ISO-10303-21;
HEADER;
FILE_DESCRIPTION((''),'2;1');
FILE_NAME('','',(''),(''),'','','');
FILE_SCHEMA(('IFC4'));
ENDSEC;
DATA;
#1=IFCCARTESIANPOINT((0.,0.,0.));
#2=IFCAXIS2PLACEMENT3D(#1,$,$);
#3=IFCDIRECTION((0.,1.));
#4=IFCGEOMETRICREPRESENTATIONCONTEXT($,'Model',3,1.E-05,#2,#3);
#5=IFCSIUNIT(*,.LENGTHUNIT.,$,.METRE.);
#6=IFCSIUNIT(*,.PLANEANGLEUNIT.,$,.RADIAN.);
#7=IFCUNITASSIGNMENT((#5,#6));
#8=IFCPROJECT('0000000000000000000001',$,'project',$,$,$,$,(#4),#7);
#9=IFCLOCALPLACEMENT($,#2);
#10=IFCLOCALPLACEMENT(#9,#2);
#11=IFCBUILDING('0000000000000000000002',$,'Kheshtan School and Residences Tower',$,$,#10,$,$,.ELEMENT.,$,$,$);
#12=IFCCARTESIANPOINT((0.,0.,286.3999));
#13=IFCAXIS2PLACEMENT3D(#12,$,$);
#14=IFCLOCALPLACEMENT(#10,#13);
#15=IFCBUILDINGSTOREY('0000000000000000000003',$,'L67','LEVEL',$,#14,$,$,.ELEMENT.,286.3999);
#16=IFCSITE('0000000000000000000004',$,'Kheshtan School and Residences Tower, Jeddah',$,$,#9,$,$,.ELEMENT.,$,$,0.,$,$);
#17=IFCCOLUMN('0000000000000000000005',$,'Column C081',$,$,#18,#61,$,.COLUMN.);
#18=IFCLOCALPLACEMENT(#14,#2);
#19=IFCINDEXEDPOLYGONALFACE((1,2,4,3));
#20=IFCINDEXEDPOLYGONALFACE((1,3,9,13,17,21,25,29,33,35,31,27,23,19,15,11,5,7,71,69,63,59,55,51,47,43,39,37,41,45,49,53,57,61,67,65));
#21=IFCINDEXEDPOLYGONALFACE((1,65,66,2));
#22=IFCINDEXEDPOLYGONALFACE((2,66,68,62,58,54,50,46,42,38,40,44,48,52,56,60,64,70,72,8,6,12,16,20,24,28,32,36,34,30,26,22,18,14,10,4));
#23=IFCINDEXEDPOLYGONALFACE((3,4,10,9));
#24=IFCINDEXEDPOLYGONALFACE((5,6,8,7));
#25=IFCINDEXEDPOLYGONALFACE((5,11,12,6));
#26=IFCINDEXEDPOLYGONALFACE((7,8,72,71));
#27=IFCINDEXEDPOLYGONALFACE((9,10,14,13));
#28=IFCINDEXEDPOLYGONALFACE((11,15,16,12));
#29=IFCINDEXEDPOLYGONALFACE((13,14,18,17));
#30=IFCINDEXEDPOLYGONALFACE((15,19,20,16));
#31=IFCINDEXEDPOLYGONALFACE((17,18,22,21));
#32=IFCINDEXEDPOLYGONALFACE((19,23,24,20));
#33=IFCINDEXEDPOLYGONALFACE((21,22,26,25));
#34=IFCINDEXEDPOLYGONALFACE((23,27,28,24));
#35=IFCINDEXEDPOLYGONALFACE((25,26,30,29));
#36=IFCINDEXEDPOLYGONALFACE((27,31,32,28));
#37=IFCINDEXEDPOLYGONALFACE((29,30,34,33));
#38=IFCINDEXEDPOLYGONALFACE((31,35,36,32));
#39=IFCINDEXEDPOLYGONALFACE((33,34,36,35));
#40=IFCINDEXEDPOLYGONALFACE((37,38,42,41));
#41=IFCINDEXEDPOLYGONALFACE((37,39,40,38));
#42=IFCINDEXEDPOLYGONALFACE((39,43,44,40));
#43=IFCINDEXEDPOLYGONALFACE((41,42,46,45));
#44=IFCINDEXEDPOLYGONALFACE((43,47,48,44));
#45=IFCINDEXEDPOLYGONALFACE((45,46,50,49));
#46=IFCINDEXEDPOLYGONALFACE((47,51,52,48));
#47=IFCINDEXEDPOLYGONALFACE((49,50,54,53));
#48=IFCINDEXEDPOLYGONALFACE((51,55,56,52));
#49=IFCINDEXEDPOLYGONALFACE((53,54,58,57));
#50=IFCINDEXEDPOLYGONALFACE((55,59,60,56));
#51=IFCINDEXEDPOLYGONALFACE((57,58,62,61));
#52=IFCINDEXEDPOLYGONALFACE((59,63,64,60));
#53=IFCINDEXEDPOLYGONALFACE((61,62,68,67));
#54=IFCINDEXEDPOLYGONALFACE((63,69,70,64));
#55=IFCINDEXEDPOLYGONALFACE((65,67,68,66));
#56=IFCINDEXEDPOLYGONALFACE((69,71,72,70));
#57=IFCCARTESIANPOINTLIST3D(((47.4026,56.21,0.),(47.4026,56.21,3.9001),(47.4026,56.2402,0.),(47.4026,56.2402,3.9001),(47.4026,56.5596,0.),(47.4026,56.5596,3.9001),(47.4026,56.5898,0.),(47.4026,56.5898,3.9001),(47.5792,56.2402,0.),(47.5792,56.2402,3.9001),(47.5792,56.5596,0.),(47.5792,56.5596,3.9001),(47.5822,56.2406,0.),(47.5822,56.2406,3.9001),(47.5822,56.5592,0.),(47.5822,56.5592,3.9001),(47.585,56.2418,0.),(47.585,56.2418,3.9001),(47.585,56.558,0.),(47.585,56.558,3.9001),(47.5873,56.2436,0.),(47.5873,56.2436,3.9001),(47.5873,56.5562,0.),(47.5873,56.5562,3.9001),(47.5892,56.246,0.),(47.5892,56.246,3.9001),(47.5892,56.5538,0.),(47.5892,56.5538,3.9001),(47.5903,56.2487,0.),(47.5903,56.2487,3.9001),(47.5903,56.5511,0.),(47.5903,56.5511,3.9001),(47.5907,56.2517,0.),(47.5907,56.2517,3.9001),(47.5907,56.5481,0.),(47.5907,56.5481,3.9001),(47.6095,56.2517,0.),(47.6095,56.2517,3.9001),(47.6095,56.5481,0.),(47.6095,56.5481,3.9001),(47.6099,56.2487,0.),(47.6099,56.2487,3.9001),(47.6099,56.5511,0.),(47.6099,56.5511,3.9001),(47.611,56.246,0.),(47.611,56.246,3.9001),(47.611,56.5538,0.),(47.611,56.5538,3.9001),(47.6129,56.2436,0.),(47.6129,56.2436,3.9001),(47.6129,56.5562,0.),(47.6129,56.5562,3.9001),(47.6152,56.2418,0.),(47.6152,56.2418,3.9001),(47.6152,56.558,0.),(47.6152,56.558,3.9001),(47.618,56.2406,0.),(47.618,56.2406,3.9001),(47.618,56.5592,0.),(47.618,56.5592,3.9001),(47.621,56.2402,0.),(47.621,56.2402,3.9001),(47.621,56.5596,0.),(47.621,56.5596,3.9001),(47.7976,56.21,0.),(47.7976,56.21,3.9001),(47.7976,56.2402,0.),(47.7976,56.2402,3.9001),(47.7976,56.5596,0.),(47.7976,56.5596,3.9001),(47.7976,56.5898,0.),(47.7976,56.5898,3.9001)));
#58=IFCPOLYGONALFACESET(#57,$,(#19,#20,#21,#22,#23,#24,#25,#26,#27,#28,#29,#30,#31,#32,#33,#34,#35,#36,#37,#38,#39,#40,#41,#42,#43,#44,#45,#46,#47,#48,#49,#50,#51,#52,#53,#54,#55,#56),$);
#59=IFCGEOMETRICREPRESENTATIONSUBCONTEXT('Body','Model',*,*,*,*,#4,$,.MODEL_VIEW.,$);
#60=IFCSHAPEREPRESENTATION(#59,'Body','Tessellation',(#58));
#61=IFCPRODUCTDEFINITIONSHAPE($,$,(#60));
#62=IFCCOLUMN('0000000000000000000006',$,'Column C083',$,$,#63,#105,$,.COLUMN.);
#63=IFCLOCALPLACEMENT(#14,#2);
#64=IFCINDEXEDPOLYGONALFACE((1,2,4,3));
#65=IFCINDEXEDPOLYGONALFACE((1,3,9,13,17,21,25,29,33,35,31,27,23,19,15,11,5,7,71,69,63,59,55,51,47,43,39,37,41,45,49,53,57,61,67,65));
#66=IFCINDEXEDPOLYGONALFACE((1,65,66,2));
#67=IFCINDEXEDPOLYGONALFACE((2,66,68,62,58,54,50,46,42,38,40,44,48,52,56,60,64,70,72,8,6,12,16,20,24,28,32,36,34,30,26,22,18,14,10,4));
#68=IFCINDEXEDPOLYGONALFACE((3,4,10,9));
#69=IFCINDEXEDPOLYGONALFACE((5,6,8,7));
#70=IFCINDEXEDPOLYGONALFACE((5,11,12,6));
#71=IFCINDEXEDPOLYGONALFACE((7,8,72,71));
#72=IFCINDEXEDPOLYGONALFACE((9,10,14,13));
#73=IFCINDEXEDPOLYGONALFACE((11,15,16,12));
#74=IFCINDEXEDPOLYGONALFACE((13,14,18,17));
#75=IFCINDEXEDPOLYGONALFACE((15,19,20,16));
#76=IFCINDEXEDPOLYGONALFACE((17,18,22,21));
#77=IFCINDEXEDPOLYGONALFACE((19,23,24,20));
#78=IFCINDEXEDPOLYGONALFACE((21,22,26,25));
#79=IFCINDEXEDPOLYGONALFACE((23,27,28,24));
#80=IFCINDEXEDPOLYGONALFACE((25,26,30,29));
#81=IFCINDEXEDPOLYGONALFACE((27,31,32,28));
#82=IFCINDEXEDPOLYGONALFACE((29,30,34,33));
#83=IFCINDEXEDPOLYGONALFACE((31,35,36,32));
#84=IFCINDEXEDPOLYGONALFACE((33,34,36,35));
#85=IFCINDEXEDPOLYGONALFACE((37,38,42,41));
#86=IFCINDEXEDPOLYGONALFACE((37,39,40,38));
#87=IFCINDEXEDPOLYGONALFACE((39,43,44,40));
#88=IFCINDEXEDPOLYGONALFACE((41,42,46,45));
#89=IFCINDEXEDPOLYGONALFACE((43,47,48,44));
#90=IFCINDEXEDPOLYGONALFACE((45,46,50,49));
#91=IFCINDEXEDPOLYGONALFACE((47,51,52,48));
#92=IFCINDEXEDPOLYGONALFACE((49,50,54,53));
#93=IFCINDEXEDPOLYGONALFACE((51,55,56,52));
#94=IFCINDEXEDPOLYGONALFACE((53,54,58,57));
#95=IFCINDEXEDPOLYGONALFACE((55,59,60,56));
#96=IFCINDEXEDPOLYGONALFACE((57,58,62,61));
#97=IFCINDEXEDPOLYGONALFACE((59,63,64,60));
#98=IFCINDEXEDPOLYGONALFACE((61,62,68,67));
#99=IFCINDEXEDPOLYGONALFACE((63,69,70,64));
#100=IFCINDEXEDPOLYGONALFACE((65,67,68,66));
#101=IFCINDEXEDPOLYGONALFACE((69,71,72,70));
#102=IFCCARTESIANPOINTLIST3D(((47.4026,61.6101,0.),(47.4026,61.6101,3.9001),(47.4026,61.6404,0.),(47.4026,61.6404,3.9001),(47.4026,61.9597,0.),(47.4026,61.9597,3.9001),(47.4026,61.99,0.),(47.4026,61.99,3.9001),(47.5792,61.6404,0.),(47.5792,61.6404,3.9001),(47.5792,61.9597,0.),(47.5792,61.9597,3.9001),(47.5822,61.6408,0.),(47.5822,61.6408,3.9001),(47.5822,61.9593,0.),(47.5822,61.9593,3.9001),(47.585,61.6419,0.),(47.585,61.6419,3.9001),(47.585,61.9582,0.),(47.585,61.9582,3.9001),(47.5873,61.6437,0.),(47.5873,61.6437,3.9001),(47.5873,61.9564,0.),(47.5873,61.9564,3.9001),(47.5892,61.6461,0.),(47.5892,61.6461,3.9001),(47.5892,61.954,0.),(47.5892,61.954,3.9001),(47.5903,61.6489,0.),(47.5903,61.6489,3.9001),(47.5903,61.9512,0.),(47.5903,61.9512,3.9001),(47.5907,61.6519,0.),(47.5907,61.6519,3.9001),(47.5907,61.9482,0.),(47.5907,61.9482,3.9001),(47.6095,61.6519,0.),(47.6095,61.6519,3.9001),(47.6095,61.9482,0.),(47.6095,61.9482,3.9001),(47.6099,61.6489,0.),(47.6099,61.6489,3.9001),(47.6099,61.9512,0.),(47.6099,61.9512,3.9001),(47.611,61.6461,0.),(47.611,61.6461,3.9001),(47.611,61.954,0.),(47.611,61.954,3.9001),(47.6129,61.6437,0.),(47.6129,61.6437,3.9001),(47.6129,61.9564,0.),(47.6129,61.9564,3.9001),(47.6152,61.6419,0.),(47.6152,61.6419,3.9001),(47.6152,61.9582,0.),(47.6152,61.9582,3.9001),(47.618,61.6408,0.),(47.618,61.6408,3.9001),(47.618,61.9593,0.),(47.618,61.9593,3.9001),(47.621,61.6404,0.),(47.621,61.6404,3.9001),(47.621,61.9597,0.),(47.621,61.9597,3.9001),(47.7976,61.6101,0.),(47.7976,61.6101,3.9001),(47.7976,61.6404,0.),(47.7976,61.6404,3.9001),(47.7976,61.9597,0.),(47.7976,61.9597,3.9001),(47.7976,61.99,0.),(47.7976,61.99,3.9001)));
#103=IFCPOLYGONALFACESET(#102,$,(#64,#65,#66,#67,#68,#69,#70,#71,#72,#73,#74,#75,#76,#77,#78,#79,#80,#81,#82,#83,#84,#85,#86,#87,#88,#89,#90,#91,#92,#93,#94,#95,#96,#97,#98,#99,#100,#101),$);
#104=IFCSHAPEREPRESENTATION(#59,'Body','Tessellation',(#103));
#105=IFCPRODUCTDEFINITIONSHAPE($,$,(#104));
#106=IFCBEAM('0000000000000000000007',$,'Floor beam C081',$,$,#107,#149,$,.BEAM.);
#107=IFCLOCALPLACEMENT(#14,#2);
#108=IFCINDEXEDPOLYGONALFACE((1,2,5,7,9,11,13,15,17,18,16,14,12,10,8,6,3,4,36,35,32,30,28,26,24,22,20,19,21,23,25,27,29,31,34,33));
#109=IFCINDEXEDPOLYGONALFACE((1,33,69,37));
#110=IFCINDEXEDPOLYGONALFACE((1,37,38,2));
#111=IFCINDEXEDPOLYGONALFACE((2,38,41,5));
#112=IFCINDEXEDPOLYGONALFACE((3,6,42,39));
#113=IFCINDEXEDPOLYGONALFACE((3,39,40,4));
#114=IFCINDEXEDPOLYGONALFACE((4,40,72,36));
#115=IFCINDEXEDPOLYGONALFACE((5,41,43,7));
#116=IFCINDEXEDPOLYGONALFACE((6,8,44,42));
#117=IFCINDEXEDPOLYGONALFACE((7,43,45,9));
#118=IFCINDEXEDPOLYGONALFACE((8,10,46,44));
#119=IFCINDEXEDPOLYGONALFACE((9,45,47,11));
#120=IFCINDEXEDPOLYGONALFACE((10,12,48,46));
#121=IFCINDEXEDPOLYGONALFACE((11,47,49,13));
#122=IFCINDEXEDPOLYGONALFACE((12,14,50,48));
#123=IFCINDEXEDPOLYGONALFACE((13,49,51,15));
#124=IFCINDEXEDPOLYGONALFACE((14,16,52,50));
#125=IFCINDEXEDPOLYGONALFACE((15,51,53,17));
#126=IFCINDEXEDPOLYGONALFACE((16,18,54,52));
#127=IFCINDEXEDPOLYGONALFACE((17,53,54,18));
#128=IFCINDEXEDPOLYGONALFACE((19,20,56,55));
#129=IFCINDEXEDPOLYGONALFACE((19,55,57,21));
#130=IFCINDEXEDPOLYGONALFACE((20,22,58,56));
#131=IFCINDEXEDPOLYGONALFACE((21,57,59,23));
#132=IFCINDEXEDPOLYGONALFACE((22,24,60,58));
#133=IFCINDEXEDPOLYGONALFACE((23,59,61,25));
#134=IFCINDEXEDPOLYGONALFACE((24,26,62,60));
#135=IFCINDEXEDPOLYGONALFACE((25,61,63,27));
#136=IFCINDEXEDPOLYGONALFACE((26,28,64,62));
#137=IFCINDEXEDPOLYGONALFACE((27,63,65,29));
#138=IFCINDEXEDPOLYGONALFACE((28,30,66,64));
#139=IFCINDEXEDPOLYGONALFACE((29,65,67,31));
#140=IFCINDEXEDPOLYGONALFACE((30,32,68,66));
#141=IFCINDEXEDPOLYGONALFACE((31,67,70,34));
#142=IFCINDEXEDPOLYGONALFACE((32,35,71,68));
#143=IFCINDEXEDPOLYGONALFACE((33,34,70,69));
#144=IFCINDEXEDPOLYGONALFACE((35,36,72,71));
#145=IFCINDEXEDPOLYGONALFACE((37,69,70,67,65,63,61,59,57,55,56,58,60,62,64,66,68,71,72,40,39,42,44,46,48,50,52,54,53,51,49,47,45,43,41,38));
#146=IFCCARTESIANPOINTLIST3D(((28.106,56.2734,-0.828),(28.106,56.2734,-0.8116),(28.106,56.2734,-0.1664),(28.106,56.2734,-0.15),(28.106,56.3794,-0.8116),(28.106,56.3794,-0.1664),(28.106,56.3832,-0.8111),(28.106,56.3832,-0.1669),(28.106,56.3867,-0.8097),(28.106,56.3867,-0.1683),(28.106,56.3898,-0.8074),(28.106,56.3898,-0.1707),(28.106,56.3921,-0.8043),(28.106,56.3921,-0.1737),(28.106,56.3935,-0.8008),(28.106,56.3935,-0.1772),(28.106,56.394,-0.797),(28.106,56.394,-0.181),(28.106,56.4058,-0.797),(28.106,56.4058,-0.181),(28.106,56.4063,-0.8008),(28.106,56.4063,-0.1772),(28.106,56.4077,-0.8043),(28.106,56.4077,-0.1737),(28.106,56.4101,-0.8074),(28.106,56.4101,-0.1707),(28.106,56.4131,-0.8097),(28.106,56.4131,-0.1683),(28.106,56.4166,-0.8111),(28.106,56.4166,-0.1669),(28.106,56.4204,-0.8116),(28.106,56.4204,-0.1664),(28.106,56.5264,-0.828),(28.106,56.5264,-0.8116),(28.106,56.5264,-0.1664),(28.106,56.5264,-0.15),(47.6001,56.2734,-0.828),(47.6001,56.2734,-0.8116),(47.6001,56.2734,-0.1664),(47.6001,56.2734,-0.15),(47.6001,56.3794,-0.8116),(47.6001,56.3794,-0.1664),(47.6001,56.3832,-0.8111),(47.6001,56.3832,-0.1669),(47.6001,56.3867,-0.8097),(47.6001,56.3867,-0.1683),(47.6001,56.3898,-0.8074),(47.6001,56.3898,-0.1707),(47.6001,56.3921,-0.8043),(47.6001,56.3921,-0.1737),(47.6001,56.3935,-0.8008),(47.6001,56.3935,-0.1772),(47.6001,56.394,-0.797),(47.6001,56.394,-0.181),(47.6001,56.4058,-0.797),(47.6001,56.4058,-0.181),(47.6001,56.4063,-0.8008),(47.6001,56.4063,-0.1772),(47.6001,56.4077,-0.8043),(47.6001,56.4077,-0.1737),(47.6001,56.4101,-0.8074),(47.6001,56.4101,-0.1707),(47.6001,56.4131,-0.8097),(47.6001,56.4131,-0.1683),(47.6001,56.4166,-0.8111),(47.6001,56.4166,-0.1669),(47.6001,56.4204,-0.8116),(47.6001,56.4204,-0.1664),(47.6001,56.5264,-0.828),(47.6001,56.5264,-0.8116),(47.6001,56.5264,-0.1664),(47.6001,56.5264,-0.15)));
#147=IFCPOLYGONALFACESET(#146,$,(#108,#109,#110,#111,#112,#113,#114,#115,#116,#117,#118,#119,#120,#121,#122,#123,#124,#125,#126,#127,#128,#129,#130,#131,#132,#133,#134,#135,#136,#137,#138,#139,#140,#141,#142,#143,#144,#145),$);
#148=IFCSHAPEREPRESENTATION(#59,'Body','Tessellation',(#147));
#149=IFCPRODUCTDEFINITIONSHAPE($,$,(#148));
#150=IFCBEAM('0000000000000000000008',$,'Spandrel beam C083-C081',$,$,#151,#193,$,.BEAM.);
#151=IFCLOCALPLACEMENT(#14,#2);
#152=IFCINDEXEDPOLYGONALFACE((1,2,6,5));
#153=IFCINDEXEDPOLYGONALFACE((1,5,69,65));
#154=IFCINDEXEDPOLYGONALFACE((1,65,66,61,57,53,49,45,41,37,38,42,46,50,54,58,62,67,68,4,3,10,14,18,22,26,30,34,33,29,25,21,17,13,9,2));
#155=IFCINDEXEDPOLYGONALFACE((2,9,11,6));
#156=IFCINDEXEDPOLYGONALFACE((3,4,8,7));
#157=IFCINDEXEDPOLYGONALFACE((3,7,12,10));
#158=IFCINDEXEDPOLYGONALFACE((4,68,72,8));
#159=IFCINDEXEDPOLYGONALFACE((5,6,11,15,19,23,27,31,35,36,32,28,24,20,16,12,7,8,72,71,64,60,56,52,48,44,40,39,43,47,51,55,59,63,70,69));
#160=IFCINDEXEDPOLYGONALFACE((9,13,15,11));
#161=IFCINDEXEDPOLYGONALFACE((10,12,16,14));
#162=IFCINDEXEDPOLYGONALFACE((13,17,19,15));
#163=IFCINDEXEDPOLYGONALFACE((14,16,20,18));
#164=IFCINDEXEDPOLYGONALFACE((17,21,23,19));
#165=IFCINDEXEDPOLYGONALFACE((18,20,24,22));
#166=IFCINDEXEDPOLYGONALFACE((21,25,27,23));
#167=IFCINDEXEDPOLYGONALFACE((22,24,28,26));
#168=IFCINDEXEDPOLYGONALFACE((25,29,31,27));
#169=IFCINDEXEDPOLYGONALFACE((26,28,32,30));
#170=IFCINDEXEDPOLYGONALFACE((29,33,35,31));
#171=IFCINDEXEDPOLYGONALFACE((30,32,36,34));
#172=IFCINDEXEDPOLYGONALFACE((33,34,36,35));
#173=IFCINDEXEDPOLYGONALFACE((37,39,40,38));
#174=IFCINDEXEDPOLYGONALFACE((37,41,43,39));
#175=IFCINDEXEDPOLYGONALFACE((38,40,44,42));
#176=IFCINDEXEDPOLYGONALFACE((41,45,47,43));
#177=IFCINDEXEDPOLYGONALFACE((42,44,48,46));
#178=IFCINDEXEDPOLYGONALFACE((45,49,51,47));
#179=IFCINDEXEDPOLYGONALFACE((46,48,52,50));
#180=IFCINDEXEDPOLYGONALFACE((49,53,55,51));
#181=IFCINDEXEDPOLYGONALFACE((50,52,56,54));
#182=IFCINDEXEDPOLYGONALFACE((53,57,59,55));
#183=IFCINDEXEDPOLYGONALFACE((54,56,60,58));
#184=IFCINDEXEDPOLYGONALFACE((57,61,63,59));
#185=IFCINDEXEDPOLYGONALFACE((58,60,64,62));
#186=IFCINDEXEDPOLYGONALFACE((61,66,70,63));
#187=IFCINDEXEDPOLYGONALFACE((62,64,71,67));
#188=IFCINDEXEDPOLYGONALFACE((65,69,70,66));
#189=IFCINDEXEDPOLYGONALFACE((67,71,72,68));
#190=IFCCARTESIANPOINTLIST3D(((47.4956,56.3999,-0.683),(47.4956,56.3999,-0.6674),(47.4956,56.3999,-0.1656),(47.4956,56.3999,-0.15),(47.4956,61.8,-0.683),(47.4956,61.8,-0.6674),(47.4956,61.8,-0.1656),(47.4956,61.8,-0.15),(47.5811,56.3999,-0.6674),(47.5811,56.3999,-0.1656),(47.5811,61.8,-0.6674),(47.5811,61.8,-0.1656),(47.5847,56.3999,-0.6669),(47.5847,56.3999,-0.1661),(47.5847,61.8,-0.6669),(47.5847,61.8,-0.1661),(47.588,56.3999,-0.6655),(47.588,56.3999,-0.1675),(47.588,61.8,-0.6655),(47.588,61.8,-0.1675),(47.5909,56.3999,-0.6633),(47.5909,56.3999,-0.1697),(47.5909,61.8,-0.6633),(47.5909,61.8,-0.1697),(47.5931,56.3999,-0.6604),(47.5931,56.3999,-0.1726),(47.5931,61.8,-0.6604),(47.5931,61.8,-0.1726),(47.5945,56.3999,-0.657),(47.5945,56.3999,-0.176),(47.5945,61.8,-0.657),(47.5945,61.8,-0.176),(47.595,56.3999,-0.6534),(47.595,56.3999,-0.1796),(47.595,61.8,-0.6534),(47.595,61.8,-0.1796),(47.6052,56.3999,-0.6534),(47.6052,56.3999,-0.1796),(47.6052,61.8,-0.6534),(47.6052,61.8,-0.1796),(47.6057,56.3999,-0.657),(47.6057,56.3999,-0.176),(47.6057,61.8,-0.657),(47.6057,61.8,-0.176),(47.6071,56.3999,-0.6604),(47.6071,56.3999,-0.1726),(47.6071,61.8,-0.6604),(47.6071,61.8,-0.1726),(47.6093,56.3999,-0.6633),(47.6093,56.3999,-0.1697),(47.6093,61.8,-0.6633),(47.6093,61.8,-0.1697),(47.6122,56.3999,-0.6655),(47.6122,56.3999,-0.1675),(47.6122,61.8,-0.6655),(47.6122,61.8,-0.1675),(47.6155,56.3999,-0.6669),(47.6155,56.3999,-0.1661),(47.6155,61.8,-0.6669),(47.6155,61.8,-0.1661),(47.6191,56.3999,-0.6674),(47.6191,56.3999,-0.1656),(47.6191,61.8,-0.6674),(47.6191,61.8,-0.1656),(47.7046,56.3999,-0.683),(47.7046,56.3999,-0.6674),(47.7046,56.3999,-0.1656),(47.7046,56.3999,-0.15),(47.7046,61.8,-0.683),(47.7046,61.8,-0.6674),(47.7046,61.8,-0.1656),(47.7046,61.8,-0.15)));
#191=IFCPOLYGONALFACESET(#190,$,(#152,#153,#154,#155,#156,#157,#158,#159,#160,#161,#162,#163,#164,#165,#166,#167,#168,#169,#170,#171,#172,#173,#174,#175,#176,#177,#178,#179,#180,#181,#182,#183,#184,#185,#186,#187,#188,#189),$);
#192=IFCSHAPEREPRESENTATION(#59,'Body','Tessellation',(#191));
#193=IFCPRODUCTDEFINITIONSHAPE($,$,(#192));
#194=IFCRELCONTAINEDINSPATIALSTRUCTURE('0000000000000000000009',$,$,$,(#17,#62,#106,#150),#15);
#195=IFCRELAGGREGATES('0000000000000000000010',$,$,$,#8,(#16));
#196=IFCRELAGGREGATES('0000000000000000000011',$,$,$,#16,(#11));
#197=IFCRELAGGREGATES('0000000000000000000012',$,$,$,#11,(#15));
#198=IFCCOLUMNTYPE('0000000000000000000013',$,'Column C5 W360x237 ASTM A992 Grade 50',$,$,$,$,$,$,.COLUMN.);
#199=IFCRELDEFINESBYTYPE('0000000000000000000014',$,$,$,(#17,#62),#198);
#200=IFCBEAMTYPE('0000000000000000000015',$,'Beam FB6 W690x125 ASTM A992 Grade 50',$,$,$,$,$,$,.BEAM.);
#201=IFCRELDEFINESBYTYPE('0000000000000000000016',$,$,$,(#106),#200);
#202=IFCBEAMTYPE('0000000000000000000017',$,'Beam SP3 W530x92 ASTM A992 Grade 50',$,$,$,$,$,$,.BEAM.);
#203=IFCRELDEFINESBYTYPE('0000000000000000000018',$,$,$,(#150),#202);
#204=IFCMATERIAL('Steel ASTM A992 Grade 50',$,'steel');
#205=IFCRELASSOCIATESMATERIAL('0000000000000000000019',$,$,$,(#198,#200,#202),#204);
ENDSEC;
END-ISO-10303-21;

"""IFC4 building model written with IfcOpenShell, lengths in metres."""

from ifc_helpers import new_model, si_unit, direction, frame, origin, origin_2d, place, context, subcontext, project, spatial, i_section, extrude, material, material_profile, profile_set, type_object, element, save


model = new_model("IFC4")

# Units and contexts
model_context = context("Model", 3, precision=1e-05, world=origin(), true_north=direction((0.0, 1.0)))
body_context = subcontext(model_context, "Body", "Model", "MODEL_VIEW")
ifc_project = project(units=[si_unit("LENGTHUNIT", "METRE"), si_unit("PLANEANGLEUNIT", "RADIAN")], contexts=[model_context])

# Site, building, storey
site_placement = place(None, origin())
site = spatial("IfcSite", under=ifc_project, at=site_placement, Name="Kheshtan School and Residences Tower, Jeddah", CompositionType="ELEMENT", RefElevation=0.0)
building_placement = place(site_placement, origin())
building = spatial("IfcBuilding", under=site, at=building_placement, Name="Kheshtan School and Residences Tower", CompositionType="ELEMENT")
storey_placement = place(building_placement, frame((0.0, 0.0, 286.3999)))
storey = spatial("IfcBuildingStorey", under=building, at=storey_placement, Name="L67", Description="LEVEL", CompositionType="ELEMENT", Elevation=286.3999)

# Columns
ifc_material_1 = material(Name="Steel ASTM A992 Grade 50", Category="steel")
ifc_material_profile_1 = material_profile(ifc_material_1, i_section(OverallWidth=0.395, OverallDepth=0.3799, WebThickness=0.0188, FlangeThickness=0.0303, FilletRadius=0.0115, at=origin_2d()), Name="W360x237")
ifc_profile_set_1 = profile_set([ifc_material_profile_1], Name="Steel ASTM A992 Grade 50")
column_type = type_object("IfcColumnType", Name="Column C5 W360x237 ASTM A992 Grade 50", PredefinedType="COLUMN", material=ifc_profile_set_1)
for number, where, z_axis, x_axis, name in (
    (1, (47.6001, 56.3999, 0.0), (0.0, 0.0, 1.0), (1.0, 0.0, 0.0), "Column C081"),
    (2, (47.6001, 61.8, 0.0), (0.0, 0.0, 1.0), (1.0, 0.0, 0.0), "Column C083"),
):
    element("IfcColumn", number, at=place(storey_placement, frame(where, z_axis=z_axis, x_axis=x_axis)), inside=storey, type_object=column_type, Name=name, PredefinedType="COLUMN", context=body_context, shape_type="SweptSolid", body=[
        extrude(i_section(OverallWidth=0.395, OverallDepth=0.3799, WebThickness=0.0188, FlangeThickness=0.0303, FilletRadius=0.0115, at=origin_2d()), origin(), (0.0, 0.0, 1.0), 3.9001),
    ])

# Beams
ifc_material_profile_2 = material_profile(ifc_material_1, i_section(OverallWidth=0.2529, OverallDepth=0.678, WebThickness=0.0117, FlangeThickness=0.0164, FilletRadius=0.0146, at=origin_2d()), Name="W690x125")
ifc_profile_set_2 = profile_set([ifc_material_profile_2], Name="Steel ASTM A992 Grade 50")
beam_type_1 = type_object("IfcBeamType", Name="Beam FB6 W690x125 ASTM A992 Grade 50", PredefinedType="BEAM", material=ifc_profile_set_2)
beam_1_placement = place(storey_placement, frame((47.6001, 56.3999, -0.489), z_axis=(-1.0, 0.0, 0.0), x_axis=(0.0, -1.0, 0.0)))
element("IfcBeam", 3, at=beam_1_placement, inside=storey, type_object=beam_type_1, Name="Floor beam C081", PredefinedType="BEAM", context=body_context, shape_type="SweptSolid", body=[
    extrude(i_section(OverallWidth=0.2529, OverallDepth=0.678, WebThickness=0.0117, FlangeThickness=0.0164, FilletRadius=0.0146, at=origin_2d()), origin(), (0.0, 0.0, 1.0), 19.4941),
])
ifc_material_profile_3 = material_profile(ifc_material_1, i_section(OverallWidth=0.209, OverallDepth=0.533, WebThickness=0.0103, FlangeThickness=0.0156, FilletRadius=0.0139, at=origin_2d()), Name="W530x92")
ifc_profile_set_3 = profile_set([ifc_material_profile_3], Name="Steel ASTM A992 Grade 50")
beam_type_2 = type_object("IfcBeamType", Name="Beam SP3 W530x92 ASTM A992 Grade 50", PredefinedType="BEAM", material=ifc_profile_set_3)
beam_2_placement = place(storey_placement, frame((47.6001, 61.8, -0.4165), z_axis=(0.0, -1.0, 0.0), x_axis=(1.0, 0.0, 0.0)))
element("IfcBeam", 4, at=beam_2_placement, inside=storey, type_object=beam_type_2, Name="Spandrel beam C083-C081", PredefinedType="BEAM", context=body_context, shape_type="SweptSolid", body=[
    extrude(i_section(OverallWidth=0.209, OverallDepth=0.533, WebThickness=0.0103, FlangeThickness=0.0156, FilletRadius=0.0139, at=origin_2d()), origin(), (0.0, 0.0, 1.0), 5.4001),
])

save(model, "model.ifc")
